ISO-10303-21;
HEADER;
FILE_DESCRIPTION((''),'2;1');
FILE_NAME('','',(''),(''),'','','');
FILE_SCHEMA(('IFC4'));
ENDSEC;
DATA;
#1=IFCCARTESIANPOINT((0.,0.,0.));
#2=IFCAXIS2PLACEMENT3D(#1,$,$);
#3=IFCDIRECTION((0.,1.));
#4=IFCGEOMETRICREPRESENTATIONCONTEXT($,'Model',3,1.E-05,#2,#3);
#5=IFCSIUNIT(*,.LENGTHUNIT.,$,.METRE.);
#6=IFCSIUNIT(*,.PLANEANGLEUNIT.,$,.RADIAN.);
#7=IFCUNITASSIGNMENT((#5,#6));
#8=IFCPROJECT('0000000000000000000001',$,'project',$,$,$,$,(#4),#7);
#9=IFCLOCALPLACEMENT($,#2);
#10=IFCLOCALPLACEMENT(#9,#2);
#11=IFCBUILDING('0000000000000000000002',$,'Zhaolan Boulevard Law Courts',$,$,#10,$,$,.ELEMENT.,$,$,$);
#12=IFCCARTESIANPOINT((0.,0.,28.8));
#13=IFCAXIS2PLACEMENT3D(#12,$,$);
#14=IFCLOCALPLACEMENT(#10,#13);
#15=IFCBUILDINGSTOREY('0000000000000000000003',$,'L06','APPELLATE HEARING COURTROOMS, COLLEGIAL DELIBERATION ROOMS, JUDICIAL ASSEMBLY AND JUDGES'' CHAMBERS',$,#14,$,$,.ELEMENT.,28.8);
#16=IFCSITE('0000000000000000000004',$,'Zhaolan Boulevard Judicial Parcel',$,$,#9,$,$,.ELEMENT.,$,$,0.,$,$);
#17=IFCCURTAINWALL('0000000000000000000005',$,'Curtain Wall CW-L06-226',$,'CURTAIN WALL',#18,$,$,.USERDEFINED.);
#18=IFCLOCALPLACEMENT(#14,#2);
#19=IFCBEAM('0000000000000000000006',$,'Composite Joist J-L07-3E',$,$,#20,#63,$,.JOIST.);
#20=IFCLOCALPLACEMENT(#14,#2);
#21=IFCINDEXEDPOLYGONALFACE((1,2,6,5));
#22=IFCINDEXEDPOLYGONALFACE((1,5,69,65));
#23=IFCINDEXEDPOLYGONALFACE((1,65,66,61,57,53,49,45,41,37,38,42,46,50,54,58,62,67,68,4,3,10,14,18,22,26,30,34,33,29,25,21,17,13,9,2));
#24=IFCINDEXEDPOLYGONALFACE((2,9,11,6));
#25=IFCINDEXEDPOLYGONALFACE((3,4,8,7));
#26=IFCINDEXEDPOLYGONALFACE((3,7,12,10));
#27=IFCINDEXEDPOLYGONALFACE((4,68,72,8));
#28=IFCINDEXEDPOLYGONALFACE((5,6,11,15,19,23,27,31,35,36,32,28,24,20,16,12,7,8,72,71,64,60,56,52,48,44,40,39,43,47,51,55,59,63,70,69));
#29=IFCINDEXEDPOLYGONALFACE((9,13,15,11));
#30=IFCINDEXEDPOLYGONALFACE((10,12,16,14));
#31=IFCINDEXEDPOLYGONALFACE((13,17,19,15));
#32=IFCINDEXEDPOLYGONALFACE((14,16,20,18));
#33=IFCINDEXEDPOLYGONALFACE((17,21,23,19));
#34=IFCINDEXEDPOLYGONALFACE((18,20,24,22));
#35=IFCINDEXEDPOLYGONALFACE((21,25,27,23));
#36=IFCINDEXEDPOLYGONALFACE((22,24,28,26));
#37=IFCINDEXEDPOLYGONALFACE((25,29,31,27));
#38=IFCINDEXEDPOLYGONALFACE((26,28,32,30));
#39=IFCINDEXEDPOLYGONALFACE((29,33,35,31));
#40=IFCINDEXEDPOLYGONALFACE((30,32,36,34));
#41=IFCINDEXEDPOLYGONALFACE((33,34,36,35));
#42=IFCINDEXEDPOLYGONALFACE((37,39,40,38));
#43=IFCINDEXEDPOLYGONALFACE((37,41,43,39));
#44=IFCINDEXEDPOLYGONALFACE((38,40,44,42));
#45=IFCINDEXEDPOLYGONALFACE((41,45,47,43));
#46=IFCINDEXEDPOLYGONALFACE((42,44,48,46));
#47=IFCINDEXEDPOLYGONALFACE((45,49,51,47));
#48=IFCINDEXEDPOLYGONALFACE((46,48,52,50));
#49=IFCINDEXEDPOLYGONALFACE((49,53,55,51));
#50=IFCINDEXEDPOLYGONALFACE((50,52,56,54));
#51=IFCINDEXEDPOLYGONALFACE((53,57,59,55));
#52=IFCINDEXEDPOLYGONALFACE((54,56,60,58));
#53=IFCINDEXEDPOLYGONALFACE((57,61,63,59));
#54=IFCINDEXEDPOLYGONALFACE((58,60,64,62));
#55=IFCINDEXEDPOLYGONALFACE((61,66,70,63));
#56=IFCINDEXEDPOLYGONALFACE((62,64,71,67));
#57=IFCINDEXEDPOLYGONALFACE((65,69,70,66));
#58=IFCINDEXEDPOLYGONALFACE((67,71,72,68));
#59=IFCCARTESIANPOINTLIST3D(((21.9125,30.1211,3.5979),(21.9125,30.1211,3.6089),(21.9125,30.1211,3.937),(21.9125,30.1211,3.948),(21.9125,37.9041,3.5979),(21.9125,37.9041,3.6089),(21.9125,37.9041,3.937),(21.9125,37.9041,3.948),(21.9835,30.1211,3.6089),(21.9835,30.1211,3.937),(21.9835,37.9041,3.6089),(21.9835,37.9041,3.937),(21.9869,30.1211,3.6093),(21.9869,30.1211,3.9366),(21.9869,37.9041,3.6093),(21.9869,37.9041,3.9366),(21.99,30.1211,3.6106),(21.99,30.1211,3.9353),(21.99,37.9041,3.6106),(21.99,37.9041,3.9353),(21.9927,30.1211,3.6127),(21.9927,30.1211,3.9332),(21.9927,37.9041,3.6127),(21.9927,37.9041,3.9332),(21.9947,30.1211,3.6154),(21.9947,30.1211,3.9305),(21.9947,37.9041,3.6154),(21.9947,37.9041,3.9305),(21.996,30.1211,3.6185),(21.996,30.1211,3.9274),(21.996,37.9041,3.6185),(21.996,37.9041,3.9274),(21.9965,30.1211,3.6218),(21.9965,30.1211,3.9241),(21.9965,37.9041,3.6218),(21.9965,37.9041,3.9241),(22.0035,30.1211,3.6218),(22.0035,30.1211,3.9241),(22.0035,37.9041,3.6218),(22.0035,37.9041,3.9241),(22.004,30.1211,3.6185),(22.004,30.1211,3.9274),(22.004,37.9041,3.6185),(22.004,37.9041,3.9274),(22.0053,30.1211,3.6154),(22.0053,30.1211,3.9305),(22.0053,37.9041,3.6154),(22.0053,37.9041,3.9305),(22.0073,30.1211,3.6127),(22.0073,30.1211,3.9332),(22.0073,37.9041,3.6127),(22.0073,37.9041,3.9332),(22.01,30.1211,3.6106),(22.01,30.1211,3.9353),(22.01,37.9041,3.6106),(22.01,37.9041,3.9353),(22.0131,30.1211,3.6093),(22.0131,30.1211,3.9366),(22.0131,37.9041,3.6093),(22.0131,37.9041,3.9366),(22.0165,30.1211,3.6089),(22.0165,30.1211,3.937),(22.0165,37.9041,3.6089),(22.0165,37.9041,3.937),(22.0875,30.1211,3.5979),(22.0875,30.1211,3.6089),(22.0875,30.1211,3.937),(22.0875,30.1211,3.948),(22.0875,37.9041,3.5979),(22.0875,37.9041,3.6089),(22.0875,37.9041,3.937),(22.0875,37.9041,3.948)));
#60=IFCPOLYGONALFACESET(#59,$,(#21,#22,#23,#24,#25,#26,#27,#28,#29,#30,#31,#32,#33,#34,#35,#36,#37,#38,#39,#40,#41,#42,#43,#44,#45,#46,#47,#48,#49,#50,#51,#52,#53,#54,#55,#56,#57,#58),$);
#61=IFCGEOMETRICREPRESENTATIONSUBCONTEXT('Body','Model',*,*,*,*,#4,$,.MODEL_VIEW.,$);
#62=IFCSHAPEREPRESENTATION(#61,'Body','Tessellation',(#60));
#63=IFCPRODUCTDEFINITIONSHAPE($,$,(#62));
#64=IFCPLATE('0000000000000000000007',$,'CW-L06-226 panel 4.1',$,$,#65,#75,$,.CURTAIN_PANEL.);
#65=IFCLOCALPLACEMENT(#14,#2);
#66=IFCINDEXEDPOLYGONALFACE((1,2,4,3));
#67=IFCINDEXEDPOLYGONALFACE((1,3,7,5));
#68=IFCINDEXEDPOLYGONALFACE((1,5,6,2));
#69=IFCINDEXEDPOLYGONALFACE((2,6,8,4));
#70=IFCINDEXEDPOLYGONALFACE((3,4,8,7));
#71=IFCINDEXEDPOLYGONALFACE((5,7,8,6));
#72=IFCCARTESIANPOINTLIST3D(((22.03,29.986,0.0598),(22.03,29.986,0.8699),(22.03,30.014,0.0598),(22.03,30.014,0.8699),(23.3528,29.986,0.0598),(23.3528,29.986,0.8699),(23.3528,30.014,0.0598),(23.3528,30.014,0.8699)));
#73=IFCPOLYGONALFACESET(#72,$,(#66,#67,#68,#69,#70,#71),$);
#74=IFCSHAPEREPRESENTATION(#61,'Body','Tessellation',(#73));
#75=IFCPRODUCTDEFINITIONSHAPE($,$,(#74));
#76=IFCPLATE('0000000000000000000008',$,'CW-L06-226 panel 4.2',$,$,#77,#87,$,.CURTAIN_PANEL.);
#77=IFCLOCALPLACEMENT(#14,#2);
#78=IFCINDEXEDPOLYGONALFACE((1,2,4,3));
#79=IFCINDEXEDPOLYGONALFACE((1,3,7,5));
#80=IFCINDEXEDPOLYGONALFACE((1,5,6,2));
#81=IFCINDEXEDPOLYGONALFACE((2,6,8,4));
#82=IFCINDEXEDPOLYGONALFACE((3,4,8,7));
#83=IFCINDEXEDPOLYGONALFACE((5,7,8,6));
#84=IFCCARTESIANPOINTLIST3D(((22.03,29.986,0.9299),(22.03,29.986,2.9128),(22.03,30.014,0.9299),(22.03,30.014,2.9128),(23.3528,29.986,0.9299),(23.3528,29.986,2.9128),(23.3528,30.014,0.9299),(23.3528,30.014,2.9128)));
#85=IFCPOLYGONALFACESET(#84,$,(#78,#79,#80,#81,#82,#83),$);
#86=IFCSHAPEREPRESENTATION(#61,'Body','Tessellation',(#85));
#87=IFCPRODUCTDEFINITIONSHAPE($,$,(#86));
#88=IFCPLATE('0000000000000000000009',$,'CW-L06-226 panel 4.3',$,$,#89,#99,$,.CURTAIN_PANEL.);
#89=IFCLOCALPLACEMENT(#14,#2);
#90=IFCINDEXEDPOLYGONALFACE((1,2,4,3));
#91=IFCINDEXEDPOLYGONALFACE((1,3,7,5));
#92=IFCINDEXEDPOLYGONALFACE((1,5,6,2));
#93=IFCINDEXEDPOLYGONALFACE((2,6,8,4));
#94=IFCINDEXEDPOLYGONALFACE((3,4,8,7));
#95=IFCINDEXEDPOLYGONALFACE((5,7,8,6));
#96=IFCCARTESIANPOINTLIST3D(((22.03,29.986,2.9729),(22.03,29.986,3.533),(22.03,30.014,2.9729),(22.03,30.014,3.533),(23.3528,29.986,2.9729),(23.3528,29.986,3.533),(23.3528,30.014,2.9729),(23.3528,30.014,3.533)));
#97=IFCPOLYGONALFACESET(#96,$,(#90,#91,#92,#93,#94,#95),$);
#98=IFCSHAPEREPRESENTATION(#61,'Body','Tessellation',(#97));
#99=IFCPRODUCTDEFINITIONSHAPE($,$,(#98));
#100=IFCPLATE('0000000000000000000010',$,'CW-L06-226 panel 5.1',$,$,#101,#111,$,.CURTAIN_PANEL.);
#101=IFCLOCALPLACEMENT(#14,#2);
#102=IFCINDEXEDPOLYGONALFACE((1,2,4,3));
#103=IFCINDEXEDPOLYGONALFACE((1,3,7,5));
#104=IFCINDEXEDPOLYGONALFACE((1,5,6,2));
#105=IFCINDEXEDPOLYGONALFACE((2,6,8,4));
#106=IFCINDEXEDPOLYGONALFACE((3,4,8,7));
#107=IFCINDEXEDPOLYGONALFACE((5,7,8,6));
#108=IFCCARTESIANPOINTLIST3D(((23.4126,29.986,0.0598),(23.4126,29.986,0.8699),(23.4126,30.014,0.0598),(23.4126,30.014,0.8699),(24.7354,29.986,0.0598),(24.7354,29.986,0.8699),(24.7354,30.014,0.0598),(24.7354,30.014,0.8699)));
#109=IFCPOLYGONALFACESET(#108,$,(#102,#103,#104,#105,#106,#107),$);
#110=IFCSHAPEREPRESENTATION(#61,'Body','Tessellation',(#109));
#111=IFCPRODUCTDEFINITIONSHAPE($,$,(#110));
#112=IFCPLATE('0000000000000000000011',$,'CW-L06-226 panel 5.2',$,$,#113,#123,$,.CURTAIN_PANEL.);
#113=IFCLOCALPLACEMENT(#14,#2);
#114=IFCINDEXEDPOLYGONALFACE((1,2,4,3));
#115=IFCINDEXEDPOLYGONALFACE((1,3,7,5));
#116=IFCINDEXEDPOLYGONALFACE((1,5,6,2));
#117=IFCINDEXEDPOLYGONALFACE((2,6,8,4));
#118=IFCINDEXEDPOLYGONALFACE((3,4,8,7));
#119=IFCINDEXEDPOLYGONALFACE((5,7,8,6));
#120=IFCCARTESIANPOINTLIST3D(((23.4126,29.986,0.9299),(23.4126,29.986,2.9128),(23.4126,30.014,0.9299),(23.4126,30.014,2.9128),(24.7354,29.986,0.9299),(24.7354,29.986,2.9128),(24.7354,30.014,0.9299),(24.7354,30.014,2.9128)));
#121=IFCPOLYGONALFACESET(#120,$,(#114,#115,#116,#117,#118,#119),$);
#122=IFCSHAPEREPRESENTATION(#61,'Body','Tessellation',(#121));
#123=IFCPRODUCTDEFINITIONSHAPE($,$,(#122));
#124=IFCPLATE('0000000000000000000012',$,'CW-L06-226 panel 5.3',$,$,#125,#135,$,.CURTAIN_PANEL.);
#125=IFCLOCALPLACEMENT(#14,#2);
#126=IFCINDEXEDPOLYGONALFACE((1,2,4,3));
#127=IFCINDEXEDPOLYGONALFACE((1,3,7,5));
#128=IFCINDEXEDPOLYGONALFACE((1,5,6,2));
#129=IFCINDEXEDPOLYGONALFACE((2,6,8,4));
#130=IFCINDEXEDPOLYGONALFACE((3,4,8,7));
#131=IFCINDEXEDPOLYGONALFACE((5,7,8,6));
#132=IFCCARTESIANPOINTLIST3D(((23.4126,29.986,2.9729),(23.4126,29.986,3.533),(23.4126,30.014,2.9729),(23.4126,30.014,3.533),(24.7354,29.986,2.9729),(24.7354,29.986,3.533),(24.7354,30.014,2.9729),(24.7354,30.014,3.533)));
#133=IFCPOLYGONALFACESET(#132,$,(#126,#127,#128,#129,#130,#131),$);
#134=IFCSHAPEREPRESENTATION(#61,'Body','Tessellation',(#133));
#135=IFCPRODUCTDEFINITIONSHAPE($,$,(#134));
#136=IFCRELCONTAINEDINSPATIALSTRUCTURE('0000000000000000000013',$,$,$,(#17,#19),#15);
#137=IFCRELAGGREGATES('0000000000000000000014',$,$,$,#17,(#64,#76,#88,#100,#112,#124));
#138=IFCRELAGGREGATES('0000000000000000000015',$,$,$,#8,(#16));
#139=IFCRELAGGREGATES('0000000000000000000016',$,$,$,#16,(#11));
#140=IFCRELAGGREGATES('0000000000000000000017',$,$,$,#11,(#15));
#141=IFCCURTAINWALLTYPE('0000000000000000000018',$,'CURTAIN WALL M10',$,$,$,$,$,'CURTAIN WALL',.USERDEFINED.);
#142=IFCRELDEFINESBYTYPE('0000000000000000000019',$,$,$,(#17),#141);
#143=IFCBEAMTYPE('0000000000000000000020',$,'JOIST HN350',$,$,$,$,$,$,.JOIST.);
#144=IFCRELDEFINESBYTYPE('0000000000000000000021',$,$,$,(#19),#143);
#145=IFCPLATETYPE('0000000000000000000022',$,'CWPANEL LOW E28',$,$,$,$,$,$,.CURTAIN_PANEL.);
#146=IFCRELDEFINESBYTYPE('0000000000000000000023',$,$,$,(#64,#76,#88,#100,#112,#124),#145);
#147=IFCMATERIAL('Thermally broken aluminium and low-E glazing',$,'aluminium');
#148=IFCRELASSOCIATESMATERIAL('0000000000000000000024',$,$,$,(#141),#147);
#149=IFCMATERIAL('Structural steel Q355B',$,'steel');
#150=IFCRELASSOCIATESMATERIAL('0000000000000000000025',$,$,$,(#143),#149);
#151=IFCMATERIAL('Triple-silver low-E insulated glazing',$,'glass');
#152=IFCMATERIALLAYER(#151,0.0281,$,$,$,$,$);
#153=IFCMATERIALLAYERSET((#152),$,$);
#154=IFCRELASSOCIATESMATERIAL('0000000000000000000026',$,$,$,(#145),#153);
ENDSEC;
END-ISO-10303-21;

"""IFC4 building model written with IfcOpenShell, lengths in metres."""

from ifc_helpers import new_model, si_unit, direction, frame, origin, origin_2d, place, context, subcontext, project, spatial, rectangle, i_section, extrude, material, layer, layer_set, material_profile, profile_set, type_object, element, aggregate, save


model = new_model("IFC4")

# Units and contexts
model_context = context("Model", 3, precision=1e-05, world=origin(), true_north=direction((0.0, 1.0)))
body_context = subcontext(model_context, "Body", "Model", "MODEL_VIEW")
ifc_project = project(units=[si_unit("LENGTHUNIT", "METRE"), si_unit("PLANEANGLEUNIT", "RADIAN")], contexts=[model_context])

# Site, building, storey
site_placement = place(None, origin())
site = spatial("IfcSite", under=ifc_project, at=site_placement, Name="Zhaolan Boulevard Judicial Parcel", CompositionType="ELEMENT", RefElevation=0.0)
building_placement = place(site_placement, origin())
building = spatial("IfcBuilding", under=site, at=building_placement, Name="Zhaolan Boulevard Law Courts", CompositionType="ELEMENT")
storey_placement = place(building_placement, frame((0.0, 0.0, 28.8)))
storey = spatial("IfcBuildingStorey", under=building, at=storey_placement, Name="L06", Description="APPELLATE HEARING COURTROOMS, COLLEGIAL DELIBERATION ROOMS, JUDICIAL ASSEMBLY AND JUDGES' CHAMBERS", CompositionType="ELEMENT", Elevation=28.8)

# Curtain wall
ifc_material_1 = material(Name="Thermally broken aluminium and low-E glazing", Category="aluminium")
curtain_wall_type = type_object("IfcCurtainWallType", Name="CURTAIN WALL M10", ElementType="CURTAIN WALL", PredefinedType="USERDEFINED", material=ifc_material_1)
curtain_wall_placement = place(storey_placement, origin())
curtain_wall = element("IfcCurtainWall", 1, at=curtain_wall_placement, inside=storey, type_object=curtain_wall_type, Name="Curtain Wall CW-L06-226", ObjectType="CURTAIN WALL", PredefinedType="USERDEFINED")

# Beam
ifc_material_2 = material(Name="Structural steel Q355B", Category="steel")
ifc_material_profile_1 = material_profile(ifc_material_2, i_section(OverallWidth=0.175, OverallDepth=0.3501, WebThickness=0.0071, FlangeThickness=0.011, FilletRadius=0.0129, at=origin_2d()), Name="HN350x175")
ifc_profile_set_1 = profile_set([ifc_material_profile_1], Name="Structural steel Q355B")
beam_type = type_object("IfcBeamType", Name="JOIST HN350", PredefinedType="JOIST", material=ifc_profile_set_1)
beam_placement = place(storey_placement, frame((22.0, 30.1211, 3.7729), z_axis=(0.0, 1.0, 0.0), x_axis=(-1.0, 0.0, 0.0)))
element("IfcBeam", 2, at=beam_placement, inside=storey, type_object=beam_type, Name="Composite Joist J-L07-3E", PredefinedType="JOIST", context=body_context, shape_type="SweptSolid", body=[
    extrude(i_section(OverallWidth=0.175, OverallDepth=0.3501, WebThickness=0.0071, FlangeThickness=0.011, FilletRadius=0.0129, at=origin_2d()), origin(), (0.0, 0.0, 1.0), 7.783),
])

# Plates
ifc_material_3 = material(Name="Triple-silver low-E insulated glazing", Category="glass")
ifc_layer = layer(ifc_material_3, 0.0281)
ifc_layer_set = layer_set([ifc_layer])
plate_type = type_object("IfcPlateType", Name="CWPANEL LOW E28", PredefinedType="CURTAIN_PANEL", material=ifc_layer_set)
plate_1_placement = place(storey_placement, frame((22.6914, 30.0, 0.0598), z_axis=(0.0, 0.0, 1.0), x_axis=(1.0, 0.0, 0.0)))
plate_1 = element("IfcPlate", 3, at=plate_1_placement, type_object=plate_type, Name="CW-L06-226 panel 4.1", PredefinedType="CURTAIN_PANEL", context=body_context, shape_type="SweptSolid", body=[
    extrude(rectangle(XDim=1.3228, YDim=0.0281, at=origin_2d()), origin(), (0.0, 0.0, 1.0), 0.8101),
])
plate_2_placement = place(storey_placement, frame((22.6914, 30.0, 0.9299), z_axis=(0.0, 0.0, 1.0), x_axis=(1.0, 0.0, 0.0)))
plate_2 = element("IfcPlate", 4, at=plate_2_placement, type_object=plate_type, Name="CW-L06-226 panel 4.2", PredefinedType="CURTAIN_PANEL", context=body_context, shape_type="SweptSolid", body=[
    extrude(rectangle(XDim=1.3228, YDim=0.0281, at=origin_2d()), origin(), (0.0, 0.0, 1.0), 1.9829),
])
plate_3_placement = place(storey_placement, frame((22.6914, 30.0, 2.9729), z_axis=(0.0, 0.0, 1.0), x_axis=(1.0, 0.0, 0.0)))
plate_3 = element("IfcPlate", 5, at=plate_3_placement, type_object=plate_type, Name="CW-L06-226 panel 4.3", PredefinedType="CURTAIN_PANEL", context=body_context, shape_type="SweptSolid", body=[
    extrude(rectangle(XDim=1.3228, YDim=0.0281, at=origin_2d()), origin(), (0.0, 0.0, 1.0), 0.5601),
])
plate_4_placement = place(storey_placement, frame((24.074, 30.0, 0.0598), z_axis=(0.0, 0.0, 1.0), x_axis=(1.0, 0.0, 0.0)))
plate_4 = element("IfcPlate", 6, at=plate_4_placement, type_object=plate_type, Name="CW-L06-226 panel 5.1", PredefinedType="CURTAIN_PANEL", context=body_context, shape_type="SweptSolid", body=[
    extrude(rectangle(XDim=1.3228, YDim=0.0281, at=origin_2d()), origin(), (0.0, 0.0, 1.0), 0.8101),
])
plate_5_placement = place(storey_placement, frame((24.074, 30.0, 0.9299), z_axis=(0.0, 0.0, 1.0), x_axis=(1.0, 0.0, 0.0)))
plate_5 = element("IfcPlate", 7, at=plate_5_placement, type_object=plate_type, Name="CW-L06-226 panel 5.2", PredefinedType="CURTAIN_PANEL", context=body_context, shape_type="SweptSolid", body=[
    extrude(rectangle(XDim=1.3228, YDim=0.0281, at=origin_2d()), origin(), (0.0, 0.0, 1.0), 1.9829),
])
plate_6_placement = place(storey_placement, frame((24.074, 30.0, 2.9729), z_axis=(0.0, 0.0, 1.0), x_axis=(1.0, 0.0, 0.0)))
plate_6 = element("IfcPlate", 8, at=plate_6_placement, type_object=plate_type, Name="CW-L06-226 panel 5.3", PredefinedType="CURTAIN_PANEL", context=body_context, shape_type="SweptSolid", body=[
    extrude(rectangle(XDim=1.3228, YDim=0.0281, at=origin_2d()), origin(), (0.0, 0.0, 1.0), 0.5601),
])
aggregate(curtain_wall, [plate_1, plate_2, plate_3, plate_4, plate_5, plate_6])

save(model, "model.ifc")
